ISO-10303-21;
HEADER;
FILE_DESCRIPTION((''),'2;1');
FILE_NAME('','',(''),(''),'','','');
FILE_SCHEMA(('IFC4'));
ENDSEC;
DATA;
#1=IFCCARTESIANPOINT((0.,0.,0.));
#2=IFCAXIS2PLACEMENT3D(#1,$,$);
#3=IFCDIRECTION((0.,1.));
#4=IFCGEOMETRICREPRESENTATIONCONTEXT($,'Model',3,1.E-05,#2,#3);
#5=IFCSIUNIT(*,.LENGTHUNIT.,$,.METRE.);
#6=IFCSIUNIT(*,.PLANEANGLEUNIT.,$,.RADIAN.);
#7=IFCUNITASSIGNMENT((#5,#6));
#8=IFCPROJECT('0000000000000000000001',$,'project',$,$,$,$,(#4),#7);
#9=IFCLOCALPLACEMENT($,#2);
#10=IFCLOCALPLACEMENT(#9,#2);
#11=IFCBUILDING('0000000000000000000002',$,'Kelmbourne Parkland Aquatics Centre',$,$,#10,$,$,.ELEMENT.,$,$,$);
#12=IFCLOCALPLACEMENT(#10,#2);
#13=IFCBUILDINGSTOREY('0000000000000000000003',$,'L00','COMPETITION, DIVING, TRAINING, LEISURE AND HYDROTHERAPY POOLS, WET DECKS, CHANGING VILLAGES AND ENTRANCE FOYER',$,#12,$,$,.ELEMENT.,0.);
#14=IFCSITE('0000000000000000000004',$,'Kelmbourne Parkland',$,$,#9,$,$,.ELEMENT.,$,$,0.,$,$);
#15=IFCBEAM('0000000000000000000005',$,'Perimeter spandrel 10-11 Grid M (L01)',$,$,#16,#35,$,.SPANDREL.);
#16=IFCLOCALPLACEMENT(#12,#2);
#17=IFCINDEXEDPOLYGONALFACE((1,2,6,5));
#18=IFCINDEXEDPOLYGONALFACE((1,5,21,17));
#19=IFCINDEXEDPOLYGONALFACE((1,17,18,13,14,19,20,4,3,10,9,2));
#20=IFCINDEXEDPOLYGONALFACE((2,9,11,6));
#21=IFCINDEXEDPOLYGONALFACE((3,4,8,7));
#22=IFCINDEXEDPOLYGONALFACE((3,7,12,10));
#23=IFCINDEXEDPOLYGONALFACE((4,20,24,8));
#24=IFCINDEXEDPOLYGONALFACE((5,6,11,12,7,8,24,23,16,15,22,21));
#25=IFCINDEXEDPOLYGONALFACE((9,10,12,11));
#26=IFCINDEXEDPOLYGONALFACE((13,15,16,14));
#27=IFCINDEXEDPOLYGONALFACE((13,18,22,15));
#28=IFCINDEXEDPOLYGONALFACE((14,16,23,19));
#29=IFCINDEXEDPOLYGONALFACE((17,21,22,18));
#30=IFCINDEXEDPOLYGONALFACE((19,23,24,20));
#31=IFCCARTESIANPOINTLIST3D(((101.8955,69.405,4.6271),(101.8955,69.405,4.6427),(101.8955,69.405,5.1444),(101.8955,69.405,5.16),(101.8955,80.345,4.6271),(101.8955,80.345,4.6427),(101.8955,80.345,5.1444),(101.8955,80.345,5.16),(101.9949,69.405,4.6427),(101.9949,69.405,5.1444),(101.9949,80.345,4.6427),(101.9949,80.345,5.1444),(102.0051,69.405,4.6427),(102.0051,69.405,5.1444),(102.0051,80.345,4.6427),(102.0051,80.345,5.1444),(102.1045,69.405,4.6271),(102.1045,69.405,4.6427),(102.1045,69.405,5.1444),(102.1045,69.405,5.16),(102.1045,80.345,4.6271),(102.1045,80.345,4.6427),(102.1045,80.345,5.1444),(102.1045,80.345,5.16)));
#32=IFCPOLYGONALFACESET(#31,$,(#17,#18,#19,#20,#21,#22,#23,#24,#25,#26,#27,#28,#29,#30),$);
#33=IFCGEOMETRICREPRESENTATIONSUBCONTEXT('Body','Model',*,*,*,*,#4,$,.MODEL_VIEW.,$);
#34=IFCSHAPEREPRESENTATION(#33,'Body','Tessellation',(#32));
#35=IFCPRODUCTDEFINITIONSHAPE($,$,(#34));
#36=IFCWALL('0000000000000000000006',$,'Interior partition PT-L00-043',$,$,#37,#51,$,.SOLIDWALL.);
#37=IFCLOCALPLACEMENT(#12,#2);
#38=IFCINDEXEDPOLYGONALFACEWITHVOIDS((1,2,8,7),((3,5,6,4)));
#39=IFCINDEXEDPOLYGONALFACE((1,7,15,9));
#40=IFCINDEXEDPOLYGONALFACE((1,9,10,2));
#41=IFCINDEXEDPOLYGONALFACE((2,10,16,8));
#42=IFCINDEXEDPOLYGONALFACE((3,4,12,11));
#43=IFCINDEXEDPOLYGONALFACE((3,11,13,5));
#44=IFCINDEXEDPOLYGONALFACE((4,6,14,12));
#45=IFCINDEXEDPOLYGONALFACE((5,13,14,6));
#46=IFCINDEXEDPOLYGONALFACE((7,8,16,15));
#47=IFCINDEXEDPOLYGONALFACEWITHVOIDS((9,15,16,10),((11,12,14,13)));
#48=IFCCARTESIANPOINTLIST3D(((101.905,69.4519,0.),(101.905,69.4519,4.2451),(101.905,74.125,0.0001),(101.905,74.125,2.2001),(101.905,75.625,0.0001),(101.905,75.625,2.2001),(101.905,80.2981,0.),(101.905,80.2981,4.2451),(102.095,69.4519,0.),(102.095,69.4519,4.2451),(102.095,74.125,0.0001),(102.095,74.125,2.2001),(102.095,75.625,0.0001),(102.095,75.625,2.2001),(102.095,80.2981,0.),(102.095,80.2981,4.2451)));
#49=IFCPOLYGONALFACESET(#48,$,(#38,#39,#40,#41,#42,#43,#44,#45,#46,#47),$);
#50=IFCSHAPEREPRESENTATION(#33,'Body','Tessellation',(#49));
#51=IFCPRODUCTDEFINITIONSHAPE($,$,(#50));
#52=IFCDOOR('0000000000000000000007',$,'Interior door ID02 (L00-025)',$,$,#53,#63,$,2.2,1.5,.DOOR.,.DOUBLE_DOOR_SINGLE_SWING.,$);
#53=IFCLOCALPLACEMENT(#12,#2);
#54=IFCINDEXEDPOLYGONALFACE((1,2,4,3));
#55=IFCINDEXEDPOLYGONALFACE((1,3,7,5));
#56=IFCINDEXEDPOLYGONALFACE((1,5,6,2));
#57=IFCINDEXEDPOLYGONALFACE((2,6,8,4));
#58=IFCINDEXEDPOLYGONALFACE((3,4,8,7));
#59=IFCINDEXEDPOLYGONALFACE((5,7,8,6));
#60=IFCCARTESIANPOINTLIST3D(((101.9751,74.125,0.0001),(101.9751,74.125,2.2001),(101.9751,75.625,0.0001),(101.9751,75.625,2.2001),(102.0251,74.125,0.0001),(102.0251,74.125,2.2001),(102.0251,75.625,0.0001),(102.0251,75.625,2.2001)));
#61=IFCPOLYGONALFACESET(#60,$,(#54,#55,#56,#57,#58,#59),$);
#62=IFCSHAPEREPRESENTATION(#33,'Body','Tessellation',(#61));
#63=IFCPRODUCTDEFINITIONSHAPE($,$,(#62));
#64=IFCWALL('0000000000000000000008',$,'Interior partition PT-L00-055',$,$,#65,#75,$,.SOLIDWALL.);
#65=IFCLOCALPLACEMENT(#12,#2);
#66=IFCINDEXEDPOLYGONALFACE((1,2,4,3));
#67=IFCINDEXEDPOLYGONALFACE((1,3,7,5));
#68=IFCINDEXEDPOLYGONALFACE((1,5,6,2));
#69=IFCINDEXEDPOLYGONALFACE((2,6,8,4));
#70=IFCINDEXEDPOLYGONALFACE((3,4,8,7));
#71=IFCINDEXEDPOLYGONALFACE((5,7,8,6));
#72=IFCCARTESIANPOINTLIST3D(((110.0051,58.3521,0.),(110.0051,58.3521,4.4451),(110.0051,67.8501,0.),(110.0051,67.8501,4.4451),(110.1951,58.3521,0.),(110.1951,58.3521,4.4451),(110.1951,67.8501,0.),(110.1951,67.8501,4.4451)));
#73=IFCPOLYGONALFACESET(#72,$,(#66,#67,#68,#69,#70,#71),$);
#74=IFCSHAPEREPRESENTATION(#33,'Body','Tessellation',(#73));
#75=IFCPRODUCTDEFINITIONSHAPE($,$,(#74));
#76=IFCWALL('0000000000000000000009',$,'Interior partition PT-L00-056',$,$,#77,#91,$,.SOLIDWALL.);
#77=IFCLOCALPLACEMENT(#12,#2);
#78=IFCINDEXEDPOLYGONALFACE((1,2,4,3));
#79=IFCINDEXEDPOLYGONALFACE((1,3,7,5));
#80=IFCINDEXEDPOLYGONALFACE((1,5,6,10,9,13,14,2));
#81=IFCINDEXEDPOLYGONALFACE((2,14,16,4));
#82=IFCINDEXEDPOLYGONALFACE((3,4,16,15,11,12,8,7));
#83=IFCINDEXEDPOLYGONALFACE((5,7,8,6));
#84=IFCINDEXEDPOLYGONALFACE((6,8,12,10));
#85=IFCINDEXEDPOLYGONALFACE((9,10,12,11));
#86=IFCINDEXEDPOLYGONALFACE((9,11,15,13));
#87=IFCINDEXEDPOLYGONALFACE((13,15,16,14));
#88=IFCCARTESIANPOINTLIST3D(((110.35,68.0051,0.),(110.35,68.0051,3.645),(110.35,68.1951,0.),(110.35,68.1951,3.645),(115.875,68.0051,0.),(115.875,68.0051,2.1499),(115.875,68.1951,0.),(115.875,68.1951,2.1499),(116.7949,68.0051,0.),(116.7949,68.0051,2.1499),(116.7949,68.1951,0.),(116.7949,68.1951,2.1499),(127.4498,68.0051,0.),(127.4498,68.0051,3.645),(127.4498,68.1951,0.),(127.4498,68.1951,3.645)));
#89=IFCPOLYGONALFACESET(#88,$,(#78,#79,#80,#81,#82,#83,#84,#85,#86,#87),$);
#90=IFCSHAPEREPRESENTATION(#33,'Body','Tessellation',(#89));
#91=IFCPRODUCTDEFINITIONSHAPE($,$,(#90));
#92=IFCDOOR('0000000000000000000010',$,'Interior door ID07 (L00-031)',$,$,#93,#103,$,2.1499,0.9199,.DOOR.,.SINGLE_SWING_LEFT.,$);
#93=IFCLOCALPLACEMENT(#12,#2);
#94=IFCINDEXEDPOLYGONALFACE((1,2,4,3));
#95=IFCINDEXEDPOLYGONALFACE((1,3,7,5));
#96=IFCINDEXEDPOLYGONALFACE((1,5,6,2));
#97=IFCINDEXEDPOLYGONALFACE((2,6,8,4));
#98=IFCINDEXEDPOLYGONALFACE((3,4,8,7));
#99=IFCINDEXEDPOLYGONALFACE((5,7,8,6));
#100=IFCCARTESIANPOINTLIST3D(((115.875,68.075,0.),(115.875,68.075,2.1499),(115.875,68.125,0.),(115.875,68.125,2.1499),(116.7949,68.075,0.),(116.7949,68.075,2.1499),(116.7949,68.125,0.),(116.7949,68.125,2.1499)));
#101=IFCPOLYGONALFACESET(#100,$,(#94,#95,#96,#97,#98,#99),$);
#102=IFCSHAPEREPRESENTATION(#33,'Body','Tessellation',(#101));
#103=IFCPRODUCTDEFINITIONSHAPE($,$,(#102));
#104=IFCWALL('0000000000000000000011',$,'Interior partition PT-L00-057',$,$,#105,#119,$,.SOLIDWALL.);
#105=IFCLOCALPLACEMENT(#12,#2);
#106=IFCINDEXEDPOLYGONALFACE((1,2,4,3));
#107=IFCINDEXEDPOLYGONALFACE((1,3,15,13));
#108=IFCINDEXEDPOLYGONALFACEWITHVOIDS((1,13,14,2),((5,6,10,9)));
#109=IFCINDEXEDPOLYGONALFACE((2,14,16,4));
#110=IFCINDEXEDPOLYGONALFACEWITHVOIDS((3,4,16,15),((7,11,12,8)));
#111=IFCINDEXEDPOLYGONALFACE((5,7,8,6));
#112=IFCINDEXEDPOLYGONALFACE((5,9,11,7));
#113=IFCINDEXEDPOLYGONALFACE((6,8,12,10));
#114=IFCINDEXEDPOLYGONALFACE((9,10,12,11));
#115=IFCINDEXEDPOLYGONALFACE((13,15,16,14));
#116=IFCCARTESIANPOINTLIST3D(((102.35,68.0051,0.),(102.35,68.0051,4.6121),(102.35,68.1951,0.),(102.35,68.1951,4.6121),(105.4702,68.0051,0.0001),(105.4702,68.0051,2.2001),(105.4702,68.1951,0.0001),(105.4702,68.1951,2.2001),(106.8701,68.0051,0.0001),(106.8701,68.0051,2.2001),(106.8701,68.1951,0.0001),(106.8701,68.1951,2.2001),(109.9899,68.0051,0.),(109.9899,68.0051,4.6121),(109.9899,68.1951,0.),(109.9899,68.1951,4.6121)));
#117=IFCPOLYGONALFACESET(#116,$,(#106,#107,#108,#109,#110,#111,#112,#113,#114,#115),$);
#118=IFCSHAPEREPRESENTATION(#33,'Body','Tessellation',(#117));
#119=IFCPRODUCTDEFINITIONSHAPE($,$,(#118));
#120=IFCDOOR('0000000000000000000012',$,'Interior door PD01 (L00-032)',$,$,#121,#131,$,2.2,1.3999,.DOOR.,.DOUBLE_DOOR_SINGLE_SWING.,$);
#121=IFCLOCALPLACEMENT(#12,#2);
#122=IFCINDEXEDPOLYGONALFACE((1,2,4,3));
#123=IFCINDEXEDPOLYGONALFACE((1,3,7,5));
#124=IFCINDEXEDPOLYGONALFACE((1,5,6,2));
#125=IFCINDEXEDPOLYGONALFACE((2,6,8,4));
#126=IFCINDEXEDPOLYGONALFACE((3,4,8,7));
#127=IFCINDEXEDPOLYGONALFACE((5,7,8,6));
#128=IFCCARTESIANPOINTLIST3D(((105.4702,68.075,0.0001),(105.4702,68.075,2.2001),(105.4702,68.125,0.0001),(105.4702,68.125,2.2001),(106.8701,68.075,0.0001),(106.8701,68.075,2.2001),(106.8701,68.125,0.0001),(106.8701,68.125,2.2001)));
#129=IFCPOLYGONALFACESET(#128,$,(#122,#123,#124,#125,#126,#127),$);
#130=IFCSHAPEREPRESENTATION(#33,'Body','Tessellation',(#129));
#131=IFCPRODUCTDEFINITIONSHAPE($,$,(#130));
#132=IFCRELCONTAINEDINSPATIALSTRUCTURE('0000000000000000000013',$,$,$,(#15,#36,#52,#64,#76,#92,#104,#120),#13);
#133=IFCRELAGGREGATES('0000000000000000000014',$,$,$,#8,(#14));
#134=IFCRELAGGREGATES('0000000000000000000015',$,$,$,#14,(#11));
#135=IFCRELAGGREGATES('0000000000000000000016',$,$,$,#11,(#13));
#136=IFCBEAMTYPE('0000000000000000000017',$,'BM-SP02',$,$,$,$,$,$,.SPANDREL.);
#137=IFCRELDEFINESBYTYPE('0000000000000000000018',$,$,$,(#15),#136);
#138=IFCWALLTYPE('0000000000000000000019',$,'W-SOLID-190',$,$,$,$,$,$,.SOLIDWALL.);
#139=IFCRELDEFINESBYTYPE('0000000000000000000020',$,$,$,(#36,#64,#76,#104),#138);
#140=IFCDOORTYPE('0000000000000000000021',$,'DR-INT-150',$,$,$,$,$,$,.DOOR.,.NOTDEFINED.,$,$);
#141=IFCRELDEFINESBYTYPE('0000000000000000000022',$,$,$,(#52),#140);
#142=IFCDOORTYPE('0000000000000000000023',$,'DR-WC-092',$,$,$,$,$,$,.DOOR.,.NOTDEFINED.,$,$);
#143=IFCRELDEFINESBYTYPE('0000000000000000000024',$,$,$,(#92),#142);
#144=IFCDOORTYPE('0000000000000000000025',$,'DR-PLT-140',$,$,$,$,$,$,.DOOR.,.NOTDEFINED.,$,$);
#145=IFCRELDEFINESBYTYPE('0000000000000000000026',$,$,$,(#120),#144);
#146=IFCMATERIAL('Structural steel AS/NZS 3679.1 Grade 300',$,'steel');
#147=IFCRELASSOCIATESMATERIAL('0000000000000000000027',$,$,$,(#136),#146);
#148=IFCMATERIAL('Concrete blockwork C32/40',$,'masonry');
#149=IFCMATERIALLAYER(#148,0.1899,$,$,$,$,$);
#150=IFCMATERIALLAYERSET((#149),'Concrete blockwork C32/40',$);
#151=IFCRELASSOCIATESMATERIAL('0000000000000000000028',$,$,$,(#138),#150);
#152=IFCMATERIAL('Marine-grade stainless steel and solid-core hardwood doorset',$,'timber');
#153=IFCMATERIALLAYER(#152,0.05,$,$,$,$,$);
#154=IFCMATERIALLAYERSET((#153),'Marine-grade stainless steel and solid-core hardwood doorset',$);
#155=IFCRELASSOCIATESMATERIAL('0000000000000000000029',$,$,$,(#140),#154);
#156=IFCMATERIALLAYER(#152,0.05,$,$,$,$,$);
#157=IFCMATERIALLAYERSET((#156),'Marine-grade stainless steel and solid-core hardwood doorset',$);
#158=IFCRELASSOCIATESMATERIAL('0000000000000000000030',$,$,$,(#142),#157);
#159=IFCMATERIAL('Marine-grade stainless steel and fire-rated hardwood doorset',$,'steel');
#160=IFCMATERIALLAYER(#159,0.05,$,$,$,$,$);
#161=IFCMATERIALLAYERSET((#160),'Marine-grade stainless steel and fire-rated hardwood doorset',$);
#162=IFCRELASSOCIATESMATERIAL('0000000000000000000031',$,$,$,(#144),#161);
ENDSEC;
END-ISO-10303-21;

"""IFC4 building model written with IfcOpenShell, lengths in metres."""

from ifc_helpers import new_model, si_unit, direction, frame, frame_2d, origin, origin_2d, place, context, subcontext, project, spatial, rectangle, i_section, extrude, material, layer, layer_set, material_profile, profile_set, type_object, element, fill, save


model = new_model("IFC4")

# Units and contexts
model_context = context("Model", 3, precision=1e-05, world=origin(), true_north=direction((0.0, 1.0)))
body_context = subcontext(model_context, "Body", "Model", "MODEL_VIEW")
ifc_project = project(units=[si_unit("LENGTHUNIT", "METRE"), si_unit("PLANEANGLEUNIT", "RADIAN")], contexts=[model_context])

# Site, building, storey
site_placement = place(None, origin())
site = spatial("IfcSite", under=ifc_project, at=site_placement, Name="Kelmbourne Parkland", CompositionType="ELEMENT", RefElevation=0.0)
building_placement = place(site_placement, origin())
building = spatial("IfcBuilding", under=site, at=building_placement, Name="Kelmbourne Parkland Aquatics Centre", CompositionType="ELEMENT")
storey_placement = place(building_placement, origin())
storey = spatial("IfcBuildingStorey", under=building, at=storey_placement, Name="L00", Description="COMPETITION, DIVING, TRAINING, LEISURE AND HYDROTHERAPY POOLS, WET DECKS, CHANGING VILLAGES AND ENTRANCE FOYER", CompositionType="ELEMENT", Elevation=0.0)

# Beam
ifc_material_1 = material(Name="Structural steel AS/NZS 3679.1 Grade 300", Category="steel")
ifc_material_profile_1 = material_profile(ifc_material_1, i_section(OverallWidth=0.209, OverallDepth=0.533, WebThickness=0.0103, FlangeThickness=0.0156, at=origin_2d()), Name="530UB92.4")
ifc_profile_set_1 = profile_set([ifc_material_profile_1], Name="Structural steel AS/NZS 3679.1 Grade 300")
beam_type_1 = type_object("IfcBeamType", Name="BM-SP02", PredefinedType="SPANDREL", material=ifc_profile_set_1)
beam_1_placement = place(storey_placement, frame((102.0, 69.405, 4.8936), z_axis=(0.0, 1.0, 0.0), x_axis=(-1.0, 0.0, 0.0)))
element("IfcBeam", 1, at=beam_1_placement, inside=storey, type_object=beam_type_1, Name="Perimeter spandrel 10-11 Grid M (L01)", PredefinedType="SPANDREL", context=body_context, shape_type="SweptSolid", body=[
    extrude(i_section(OverallWidth=0.209, OverallDepth=0.533, WebThickness=0.0103, FlangeThickness=0.0156, at=origin_2d()), origin(), (0.0, 0.0, 1.0), 10.9399),
])

# Wall, opening, door
ifc_material_2 = material(Name="Concrete blockwork C32/40", Category="masonry")
ifc_layer_1 = layer(ifc_material_2, 0.1899)
ifc_layer_set_1 = layer_set([ifc_layer_1], Name="Concrete blockwork C32/40")
wall_type = type_object("IfcWallType", Name="W-SOLID-190", PredefinedType="SOLIDWALL", material=ifc_layer_set_1)
wall_1_placement = place(storey_placement, frame((102.0, 69.4519, 0.0), z_axis=(0.0, 0.0, 1.0), x_axis=(0.0, 1.0, 0.0)))
wall_1 = element("IfcWall", 2, at=wall_1_placement, inside=storey, type_object=wall_type, Name="Interior partition PT-L00-043", PredefinedType="SOLIDWALL", context=body_context, shape_type="SweptSolid", body=[
    extrude(rectangle(XDim=10.8462, YDim=0.1899, at=frame_2d((5.4231, 0.0))), origin(), (0.0, 0.0, 1.0), 4.2451),
])
opening_1_placement = place(wall_1_placement, frame((4.6731, 0.0, 0.0)))
opening_1 = element("IfcOpeningElement", 3, at=opening_1_placement, cuts=wall_1, PredefinedType="OPENING", context=body_context, shape_type="SweptSolid", body=[
    extrude(rectangle(XDim=1.5, YDim=2.2, at=frame_2d((0.75, 1.1001))), frame((0.0, 0.1069, 0.0), z_axis=(0.0, -1.0, 0.0), x_axis=(1.0, 0.0, 0.0)), (0.0, 0.0, 1.0), 0.2139),
])
ifc_material_3 = material(Name="Marine-grade stainless steel and solid-core hardwood doorset", Category="timber")
ifc_layer_2 = layer(ifc_material_3, 0.05)
ifc_layer_set_2 = layer_set([ifc_layer_2], Name="Marine-grade stainless steel and solid-core hardwood doorset")
door_type_1 = type_object("IfcDoorType", Name="DR-INT-150", OperationType="NOTDEFINED", PredefinedType="DOOR", material=ifc_layer_set_2)
door_1_placement = place(opening_1_placement, origin())
door_1 = element("IfcDoor", 4, at=door_1_placement, inside=storey, type_object=door_type_1, Name="Interior door ID02 (L00-025)", OperationType="DOUBLE_DOOR_SINGLE_SWING", OverallHeight=2.2, OverallWidth=1.5, PredefinedType="DOOR", context=body_context, shape_type="SweptSolid", body=[
    extrude(rectangle(XDim=1.5, YDim=2.2, at=frame_2d((0.75, 1.1001))), frame((0.0, 0.0249, 0.0), z_axis=(0.0, -1.0, 0.0), x_axis=(1.0, 0.0, 0.0)), (0.0, 0.0, 1.0), 0.05),
])
fill(opening_1, door_1)

# Wall
wall_2_placement = place(storey_placement, frame((110.1001, 58.3521, 0.0), z_axis=(0.0, 0.0, 1.0), x_axis=(0.0, 1.0, 0.0)))
element("IfcWall", 5, at=wall_2_placement, inside=storey, type_object=wall_type, Name="Interior partition PT-L00-055", PredefinedType="SOLIDWALL", context=body_context, shape_type="SweptSolid", body=[
    extrude(rectangle(XDim=9.498, YDim=0.1899, at=frame_2d((4.749, 0.0))), origin(), (0.0, 0.0, 1.0), 4.4451),
])

# Walls, openings, doors
wall_3_placement = place(storey_placement, frame((110.3501, 68.1001, 0.0), z_axis=(0.0, 0.0, 1.0), x_axis=(1.0, 0.0, 0.0)))
wall_3 = element("IfcWall", 6, at=wall_3_placement, inside=storey, type_object=wall_type, Name="Interior partition PT-L00-056", PredefinedType="SOLIDWALL", context=body_context, shape_type="SweptSolid", body=[
    extrude(rectangle(XDim=17.0999, YDim=0.1899, at=frame_2d((8.5498, 0.0))), origin(), (0.0, 0.0, 1.0), 3.645),
])
opening_2_placement = place(wall_3_placement, frame((5.5249, 0.0, 0.0)))
opening_2 = element("IfcOpeningElement", 7, at=opening_2_placement, cuts=wall_3, PredefinedType="OPENING", context=body_context, shape_type="SweptSolid", body=[
    extrude(rectangle(XDim=0.9199, YDim=2.1499, at=frame_2d((0.46, 1.075))), frame((0.0, 0.1069, 0.0), z_axis=(0.0, -1.0, 0.0), x_axis=(1.0, 0.0, 0.0)), (0.0, 0.0, 1.0), 0.2139),
])
ifc_layer_3 = layer(ifc_material_3, 0.05)
ifc_layer_set_3 = layer_set([ifc_layer_3], Name="Marine-grade stainless steel and solid-core hardwood doorset")
door_type_2 = type_object("IfcDoorType", Name="DR-WC-092", OperationType="NOTDEFINED", PredefinedType="DOOR", material=ifc_layer_set_3)
door_2_placement = place(opening_2_placement, origin())
door_2 = element("IfcDoor", 8, at=door_2_placement, inside=storey, type_object=door_type_2, Name="Interior door ID07 (L00-031)", OperationType="SINGLE_SWING_LEFT", OverallHeight=2.1499, OverallWidth=0.9199, PredefinedType="DOOR", context=body_context, shape_type="SweptSolid", body=[
    extrude(rectangle(XDim=0.9199, YDim=2.1499, at=frame_2d((0.46, 1.075))), frame((0.0, 0.0249, 0.0), z_axis=(0.0, -1.0, 0.0), x_axis=(1.0, 0.0, 0.0)), (0.0, 0.0, 1.0), 0.05),
])
fill(opening_2, door_2)
wall_4_placement = place(storey_placement, frame((102.3501, 68.1001, 0.0), z_axis=(0.0, 0.0, 1.0), x_axis=(1.0, 0.0, 0.0)))
wall_4 = element("IfcWall", 9, at=wall_4_placement, inside=storey, type_object=wall_type, Name="Interior partition PT-L00-057", PredefinedType="SOLIDWALL", context=body_context, shape_type="SweptSolid", body=[
    extrude(rectangle(XDim=7.6399, YDim=0.1899, at=frame_2d((3.8198, 0.0))), origin(), (0.0, 0.0, 1.0), 4.6121),
])
opening_3_placement = place(wall_4_placement, frame((3.1201, 0.0, 0.0)))
opening_3 = element("IfcOpeningElement", 10, at=opening_3_placement, cuts=wall_4, PredefinedType="OPENING", context=body_context, shape_type="SweptSolid", body=[
    extrude(rectangle(XDim=1.3999, YDim=2.2, at=frame_2d((0.7, 1.1001))), frame((0.0, 0.1069, 0.0), z_axis=(0.0, -1.0, 0.0), x_axis=(1.0, 0.0, 0.0)), (0.0, 0.0, 1.0), 0.2139),
])
ifc_material_4 = material(Name="Marine-grade stainless steel and fire-rated hardwood doorset", Category="steel")
ifc_layer_4 = layer(ifc_material_4, 0.05)
ifc_layer_set_4 = layer_set([ifc_layer_4], Name="Marine-grade stainless steel and fire-rated hardwood doorset")
door_type_3 = type_object("IfcDoorType", Name="DR-PLT-140", OperationType="NOTDEFINED", PredefinedType="DOOR", material=ifc_layer_set_4)
door_3_placement = place(opening_3_placement, origin())
door_3 = element("IfcDoor", 11, at=door_3_placement, inside=storey, type_object=door_type_3, Name="Interior door PD01 (L00-032)", OperationType="DOUBLE_DOOR_SINGLE_SWING", OverallHeight=2.2, OverallWidth=1.3999, PredefinedType="DOOR", context=body_context, shape_type="SweptSolid", body=[
    extrude(rectangle(XDim=1.3999, YDim=2.2, at=frame_2d((0.7, 1.1001))), frame((0.0, 0.0249, 0.0), z_axis=(0.0, -1.0, 0.0), x_axis=(1.0, 0.0, 0.0)), (0.0, 0.0, 1.0), 0.05),
])
fill(opening_3, door_3)

save(model, "model.ifc")
